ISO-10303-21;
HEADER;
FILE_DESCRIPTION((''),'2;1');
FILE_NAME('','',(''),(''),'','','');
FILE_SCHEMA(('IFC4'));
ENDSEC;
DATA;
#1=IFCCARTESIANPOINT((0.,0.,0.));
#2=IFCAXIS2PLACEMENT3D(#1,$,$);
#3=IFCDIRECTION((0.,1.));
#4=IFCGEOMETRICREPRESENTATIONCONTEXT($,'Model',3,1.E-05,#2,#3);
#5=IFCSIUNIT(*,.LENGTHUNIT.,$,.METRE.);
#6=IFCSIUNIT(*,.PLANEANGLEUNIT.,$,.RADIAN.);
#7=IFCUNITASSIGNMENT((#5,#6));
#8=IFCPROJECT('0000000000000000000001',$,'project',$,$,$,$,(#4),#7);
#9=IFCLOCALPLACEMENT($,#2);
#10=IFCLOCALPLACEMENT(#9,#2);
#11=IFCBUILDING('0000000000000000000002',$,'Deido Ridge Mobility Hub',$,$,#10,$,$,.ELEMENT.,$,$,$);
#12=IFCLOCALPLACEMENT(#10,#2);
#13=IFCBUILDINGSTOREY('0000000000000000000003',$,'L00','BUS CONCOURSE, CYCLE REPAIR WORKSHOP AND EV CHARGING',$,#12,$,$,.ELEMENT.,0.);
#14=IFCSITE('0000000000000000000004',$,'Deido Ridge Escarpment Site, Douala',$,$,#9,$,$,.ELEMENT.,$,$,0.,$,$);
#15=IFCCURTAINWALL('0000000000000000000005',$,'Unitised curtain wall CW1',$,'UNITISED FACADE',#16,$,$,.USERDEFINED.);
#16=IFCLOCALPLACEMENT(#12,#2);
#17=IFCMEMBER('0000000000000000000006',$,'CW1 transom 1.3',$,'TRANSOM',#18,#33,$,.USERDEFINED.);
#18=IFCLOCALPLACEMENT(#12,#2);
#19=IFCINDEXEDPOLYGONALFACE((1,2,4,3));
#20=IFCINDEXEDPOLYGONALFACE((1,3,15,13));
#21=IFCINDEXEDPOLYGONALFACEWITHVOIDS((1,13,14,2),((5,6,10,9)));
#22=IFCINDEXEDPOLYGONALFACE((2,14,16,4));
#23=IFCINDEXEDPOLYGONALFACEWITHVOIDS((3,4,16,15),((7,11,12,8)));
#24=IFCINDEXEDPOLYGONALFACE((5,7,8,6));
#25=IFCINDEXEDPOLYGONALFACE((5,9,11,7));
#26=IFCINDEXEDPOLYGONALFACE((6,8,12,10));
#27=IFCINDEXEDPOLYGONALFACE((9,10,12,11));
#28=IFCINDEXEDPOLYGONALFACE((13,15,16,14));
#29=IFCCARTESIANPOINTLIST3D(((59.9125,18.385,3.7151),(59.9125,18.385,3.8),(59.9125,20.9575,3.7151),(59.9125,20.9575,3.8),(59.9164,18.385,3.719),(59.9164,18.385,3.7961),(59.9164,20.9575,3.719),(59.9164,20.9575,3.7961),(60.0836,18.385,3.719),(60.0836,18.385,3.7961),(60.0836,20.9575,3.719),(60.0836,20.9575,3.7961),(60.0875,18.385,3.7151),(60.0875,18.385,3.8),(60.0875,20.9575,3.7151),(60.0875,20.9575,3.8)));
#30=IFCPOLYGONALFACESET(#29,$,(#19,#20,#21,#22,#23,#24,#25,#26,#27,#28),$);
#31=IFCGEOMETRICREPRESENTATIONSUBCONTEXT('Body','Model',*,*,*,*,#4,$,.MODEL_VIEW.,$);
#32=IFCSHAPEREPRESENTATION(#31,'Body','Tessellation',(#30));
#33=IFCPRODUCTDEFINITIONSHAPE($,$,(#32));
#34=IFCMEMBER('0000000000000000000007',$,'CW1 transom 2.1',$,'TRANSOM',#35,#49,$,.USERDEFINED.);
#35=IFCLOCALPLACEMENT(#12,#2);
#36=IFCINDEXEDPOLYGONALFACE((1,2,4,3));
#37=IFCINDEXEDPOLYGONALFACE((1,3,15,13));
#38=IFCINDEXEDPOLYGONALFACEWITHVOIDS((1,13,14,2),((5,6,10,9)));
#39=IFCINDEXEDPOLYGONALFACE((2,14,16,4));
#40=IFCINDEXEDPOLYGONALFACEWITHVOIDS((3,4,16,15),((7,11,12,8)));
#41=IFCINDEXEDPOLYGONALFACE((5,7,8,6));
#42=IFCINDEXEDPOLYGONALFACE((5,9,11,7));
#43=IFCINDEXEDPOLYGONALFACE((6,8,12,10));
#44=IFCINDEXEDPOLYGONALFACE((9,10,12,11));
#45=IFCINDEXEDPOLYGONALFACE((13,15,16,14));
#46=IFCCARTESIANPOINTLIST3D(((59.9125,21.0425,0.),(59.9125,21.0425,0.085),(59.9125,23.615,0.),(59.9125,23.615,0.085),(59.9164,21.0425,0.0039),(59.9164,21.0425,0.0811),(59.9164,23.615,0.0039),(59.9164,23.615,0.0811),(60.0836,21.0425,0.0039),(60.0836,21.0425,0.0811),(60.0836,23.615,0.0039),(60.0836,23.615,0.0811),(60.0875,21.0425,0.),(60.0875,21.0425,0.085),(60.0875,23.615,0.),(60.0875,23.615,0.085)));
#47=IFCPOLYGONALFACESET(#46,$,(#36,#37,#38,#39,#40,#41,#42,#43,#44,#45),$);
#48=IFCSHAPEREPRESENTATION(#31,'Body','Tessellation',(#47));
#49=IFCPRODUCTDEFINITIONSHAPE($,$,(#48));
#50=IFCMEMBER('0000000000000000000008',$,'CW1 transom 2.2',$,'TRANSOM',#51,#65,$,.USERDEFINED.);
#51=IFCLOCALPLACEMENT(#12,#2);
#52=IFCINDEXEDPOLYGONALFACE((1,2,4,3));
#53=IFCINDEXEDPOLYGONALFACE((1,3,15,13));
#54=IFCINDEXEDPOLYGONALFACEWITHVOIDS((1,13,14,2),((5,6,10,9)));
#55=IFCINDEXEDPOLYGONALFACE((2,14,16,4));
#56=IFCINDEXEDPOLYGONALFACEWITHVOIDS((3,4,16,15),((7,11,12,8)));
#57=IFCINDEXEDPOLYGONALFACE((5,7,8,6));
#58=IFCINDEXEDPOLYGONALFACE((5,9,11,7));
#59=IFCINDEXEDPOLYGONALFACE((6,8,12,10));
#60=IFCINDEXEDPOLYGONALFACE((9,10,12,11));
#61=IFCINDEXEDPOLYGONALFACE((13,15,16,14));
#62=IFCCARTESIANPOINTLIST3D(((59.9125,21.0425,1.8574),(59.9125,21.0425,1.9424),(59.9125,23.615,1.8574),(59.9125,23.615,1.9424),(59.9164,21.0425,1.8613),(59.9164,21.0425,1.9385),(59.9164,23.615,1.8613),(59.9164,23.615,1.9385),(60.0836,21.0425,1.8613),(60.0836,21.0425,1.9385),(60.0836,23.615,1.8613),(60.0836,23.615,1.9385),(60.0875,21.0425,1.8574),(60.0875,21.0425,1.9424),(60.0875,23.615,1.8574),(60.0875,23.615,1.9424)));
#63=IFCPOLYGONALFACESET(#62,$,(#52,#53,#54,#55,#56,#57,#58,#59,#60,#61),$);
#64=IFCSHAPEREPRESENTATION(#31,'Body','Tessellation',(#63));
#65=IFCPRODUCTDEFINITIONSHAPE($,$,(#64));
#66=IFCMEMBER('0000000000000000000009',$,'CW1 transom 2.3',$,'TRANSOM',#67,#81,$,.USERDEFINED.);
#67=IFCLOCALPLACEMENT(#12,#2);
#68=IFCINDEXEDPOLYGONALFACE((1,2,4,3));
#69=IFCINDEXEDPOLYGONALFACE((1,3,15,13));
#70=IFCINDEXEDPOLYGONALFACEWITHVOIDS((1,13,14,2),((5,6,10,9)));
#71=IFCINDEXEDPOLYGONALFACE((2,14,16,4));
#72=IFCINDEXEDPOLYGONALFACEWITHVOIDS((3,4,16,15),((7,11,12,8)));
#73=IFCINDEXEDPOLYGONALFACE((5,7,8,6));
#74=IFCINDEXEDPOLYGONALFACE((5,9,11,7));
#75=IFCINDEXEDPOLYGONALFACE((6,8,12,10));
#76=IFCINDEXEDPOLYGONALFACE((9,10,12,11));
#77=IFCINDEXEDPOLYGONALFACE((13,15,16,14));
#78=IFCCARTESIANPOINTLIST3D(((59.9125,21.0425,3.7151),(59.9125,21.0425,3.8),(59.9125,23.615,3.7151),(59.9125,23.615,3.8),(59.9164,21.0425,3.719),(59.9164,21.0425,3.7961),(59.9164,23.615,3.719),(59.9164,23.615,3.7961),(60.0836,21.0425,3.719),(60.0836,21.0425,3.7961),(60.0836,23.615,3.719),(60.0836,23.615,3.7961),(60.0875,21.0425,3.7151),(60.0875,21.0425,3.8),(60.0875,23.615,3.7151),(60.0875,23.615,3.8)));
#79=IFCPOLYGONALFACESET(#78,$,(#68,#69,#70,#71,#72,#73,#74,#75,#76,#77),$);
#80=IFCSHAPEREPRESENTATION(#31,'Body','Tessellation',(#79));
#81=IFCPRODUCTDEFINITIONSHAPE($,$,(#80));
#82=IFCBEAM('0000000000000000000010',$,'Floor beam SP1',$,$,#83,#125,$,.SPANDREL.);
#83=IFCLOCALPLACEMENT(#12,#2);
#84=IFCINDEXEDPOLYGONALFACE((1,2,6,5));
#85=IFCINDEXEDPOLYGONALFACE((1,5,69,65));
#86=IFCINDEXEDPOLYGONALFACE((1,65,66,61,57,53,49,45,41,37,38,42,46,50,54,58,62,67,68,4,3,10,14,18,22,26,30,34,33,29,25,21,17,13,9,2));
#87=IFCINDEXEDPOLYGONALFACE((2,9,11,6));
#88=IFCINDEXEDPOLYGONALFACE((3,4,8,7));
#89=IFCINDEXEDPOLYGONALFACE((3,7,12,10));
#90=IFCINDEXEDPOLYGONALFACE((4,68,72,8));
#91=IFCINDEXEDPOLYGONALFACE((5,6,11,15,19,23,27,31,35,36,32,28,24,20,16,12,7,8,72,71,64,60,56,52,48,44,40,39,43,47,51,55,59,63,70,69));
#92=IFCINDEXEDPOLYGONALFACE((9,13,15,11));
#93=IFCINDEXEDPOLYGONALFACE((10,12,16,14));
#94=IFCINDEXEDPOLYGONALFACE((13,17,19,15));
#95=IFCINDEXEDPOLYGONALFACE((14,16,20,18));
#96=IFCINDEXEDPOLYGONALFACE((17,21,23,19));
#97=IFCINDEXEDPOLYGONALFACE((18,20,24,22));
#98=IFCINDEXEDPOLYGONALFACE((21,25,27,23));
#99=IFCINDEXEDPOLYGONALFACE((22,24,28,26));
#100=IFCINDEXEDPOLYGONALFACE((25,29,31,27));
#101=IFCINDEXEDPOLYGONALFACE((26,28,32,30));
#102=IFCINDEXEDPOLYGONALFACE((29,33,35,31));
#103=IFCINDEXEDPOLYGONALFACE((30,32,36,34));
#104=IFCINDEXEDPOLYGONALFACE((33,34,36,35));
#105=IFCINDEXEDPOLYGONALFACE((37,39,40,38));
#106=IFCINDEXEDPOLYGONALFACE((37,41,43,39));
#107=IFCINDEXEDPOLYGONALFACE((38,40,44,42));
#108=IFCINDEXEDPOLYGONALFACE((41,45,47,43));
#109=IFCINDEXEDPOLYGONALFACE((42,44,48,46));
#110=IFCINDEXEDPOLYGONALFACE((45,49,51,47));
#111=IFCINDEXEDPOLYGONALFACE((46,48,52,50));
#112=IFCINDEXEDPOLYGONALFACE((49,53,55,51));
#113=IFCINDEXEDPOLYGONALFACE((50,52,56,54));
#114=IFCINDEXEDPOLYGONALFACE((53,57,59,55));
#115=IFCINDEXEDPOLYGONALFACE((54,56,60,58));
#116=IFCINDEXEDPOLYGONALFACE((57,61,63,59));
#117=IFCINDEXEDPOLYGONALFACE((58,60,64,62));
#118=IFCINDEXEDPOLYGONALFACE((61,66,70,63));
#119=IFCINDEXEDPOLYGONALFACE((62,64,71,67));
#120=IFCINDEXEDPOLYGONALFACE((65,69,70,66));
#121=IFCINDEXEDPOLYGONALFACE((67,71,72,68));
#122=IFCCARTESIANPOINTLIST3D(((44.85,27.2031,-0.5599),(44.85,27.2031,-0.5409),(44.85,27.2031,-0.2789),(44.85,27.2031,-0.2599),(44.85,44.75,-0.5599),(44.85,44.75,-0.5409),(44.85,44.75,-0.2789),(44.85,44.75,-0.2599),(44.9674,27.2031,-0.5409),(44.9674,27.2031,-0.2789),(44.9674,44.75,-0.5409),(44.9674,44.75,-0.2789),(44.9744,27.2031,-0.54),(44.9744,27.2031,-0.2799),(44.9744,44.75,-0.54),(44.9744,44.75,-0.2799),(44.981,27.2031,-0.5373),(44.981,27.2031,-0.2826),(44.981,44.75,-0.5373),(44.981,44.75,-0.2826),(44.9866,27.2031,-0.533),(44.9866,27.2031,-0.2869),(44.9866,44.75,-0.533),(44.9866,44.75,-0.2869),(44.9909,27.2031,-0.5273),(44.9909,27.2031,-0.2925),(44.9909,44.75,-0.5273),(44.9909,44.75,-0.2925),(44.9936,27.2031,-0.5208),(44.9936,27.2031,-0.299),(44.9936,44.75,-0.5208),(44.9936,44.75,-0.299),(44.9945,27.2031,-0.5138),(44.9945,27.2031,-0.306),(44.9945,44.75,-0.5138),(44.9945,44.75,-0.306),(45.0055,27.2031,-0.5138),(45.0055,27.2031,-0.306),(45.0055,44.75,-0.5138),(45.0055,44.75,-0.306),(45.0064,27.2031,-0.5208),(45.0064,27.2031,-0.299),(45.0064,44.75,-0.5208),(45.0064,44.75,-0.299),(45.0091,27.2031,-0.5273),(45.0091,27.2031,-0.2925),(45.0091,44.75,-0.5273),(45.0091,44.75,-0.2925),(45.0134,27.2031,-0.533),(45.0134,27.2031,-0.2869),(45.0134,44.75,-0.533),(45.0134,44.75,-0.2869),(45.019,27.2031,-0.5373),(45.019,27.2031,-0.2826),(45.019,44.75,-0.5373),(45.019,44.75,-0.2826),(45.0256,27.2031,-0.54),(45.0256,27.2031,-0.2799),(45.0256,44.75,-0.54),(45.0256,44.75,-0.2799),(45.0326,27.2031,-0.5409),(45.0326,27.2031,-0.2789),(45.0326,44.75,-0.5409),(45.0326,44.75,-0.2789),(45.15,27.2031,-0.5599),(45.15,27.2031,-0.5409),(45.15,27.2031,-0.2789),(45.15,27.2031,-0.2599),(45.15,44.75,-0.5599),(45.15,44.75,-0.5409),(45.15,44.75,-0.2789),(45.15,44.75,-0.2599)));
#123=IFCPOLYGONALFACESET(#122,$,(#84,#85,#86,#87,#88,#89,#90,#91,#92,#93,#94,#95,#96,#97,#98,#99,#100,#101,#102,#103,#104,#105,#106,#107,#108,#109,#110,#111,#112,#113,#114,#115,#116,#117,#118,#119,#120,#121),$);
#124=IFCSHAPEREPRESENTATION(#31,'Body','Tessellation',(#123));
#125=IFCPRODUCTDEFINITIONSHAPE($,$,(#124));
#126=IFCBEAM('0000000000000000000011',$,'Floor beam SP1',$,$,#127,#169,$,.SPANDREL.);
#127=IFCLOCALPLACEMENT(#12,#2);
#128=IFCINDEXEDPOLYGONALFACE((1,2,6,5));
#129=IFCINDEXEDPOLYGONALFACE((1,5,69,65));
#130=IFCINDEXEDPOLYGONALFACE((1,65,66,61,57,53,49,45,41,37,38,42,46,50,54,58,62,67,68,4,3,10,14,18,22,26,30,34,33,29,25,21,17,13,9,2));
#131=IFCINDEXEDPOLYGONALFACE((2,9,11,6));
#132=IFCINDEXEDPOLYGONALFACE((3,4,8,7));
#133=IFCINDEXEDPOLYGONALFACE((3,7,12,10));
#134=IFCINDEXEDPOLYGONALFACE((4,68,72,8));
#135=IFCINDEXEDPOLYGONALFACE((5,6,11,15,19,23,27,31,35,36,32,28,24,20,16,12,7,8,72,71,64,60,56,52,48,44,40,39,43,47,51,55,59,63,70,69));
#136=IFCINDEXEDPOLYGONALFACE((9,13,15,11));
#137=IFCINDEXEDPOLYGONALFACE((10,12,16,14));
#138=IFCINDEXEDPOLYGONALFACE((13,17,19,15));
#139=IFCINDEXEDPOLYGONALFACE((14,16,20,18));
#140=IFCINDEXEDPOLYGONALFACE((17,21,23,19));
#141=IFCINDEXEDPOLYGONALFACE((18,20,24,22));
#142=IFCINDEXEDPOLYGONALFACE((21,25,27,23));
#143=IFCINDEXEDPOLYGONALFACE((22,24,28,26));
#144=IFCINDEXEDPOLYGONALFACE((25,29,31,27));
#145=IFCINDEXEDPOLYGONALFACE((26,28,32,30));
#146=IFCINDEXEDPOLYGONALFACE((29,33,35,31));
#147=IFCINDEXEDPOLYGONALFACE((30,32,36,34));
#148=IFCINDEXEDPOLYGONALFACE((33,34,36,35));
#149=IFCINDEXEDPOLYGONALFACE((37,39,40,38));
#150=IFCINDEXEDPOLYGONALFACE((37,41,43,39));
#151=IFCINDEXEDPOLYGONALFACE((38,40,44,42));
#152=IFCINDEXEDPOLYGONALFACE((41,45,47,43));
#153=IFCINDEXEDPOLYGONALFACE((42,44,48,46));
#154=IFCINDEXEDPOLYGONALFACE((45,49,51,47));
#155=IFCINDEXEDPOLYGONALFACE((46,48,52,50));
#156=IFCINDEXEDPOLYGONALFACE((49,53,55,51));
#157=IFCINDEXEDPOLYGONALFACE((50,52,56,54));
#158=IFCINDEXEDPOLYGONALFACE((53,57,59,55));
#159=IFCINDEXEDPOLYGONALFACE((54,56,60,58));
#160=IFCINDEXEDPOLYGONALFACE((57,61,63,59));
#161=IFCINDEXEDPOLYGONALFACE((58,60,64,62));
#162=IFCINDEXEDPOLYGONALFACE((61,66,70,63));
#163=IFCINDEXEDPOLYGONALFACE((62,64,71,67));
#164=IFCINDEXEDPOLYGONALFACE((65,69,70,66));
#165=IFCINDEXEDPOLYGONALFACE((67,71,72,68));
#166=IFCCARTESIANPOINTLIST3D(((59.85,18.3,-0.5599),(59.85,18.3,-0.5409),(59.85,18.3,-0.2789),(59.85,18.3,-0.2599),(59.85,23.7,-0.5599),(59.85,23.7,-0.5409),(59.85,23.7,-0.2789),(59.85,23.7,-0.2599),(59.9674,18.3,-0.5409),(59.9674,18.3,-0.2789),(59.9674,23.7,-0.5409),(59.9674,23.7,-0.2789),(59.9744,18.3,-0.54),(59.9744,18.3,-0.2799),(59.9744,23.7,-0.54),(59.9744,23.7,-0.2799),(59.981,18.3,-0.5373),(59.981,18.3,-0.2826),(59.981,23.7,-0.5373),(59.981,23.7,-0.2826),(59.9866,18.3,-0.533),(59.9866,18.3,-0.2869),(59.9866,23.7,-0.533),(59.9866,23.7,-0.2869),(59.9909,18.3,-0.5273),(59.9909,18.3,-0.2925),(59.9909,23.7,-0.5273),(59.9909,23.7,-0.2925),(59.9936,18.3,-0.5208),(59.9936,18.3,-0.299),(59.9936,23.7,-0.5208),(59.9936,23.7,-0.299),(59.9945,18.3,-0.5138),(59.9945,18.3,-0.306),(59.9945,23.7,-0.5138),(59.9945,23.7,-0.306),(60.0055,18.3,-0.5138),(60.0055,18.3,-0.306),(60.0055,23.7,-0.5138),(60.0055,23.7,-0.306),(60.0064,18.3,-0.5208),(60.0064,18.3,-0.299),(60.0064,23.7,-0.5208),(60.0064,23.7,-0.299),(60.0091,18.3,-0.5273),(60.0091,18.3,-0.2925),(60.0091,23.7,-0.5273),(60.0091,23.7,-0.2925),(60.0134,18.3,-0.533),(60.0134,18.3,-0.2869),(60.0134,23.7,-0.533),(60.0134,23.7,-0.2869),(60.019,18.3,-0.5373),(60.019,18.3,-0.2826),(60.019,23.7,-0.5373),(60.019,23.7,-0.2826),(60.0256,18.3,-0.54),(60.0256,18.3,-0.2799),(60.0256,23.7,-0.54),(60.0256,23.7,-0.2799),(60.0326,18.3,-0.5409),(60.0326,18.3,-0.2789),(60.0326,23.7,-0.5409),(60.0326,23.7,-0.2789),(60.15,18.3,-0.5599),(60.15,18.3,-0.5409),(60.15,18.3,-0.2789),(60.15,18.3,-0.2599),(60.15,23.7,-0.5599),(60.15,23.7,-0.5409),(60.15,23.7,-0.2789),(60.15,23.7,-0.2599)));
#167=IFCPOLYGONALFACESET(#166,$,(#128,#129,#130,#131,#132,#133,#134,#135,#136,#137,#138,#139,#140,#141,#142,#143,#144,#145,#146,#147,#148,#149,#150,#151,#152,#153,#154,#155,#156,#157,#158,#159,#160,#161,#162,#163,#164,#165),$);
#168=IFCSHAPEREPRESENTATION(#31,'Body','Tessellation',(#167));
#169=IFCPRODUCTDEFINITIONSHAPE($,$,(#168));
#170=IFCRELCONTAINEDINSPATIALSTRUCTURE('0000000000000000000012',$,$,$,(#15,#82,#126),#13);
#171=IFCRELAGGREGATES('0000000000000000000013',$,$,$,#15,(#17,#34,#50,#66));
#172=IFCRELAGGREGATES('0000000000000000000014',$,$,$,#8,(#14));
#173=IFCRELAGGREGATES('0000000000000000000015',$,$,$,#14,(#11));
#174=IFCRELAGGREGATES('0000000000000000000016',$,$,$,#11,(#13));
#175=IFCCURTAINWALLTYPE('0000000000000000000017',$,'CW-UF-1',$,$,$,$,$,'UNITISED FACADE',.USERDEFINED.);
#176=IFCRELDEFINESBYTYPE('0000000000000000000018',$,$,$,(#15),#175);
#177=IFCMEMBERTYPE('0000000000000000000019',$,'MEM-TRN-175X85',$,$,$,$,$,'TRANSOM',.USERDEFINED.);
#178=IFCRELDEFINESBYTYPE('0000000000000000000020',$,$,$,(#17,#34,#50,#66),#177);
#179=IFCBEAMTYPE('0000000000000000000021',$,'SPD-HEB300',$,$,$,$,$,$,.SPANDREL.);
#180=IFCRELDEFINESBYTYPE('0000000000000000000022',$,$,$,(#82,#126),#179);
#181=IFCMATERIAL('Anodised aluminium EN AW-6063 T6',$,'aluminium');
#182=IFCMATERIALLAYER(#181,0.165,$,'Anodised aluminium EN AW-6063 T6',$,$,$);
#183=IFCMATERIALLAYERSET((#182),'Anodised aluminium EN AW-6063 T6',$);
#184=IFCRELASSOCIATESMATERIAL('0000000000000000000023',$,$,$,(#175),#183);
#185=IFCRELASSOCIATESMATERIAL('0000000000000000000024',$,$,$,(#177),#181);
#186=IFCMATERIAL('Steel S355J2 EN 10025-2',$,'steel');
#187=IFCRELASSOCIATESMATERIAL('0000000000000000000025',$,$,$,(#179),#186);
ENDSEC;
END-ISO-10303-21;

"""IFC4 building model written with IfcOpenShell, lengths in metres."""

from ifc_helpers import new_model, si_unit, direction, frame, origin, origin_2d, place, context, subcontext, project, spatial, hollow_rectangle, i_section, extrude, material, layer, layer_set, material_profile, profile_set, type_object, element, aggregate, save


model = new_model("IFC4")

# Units and contexts
model_context = context("Model", 3, precision=1e-05, world=origin(), true_north=direction((0.0, 1.0)))
body_context = subcontext(model_context, "Body", "Model", "MODEL_VIEW")
ifc_project = project(units=[si_unit("LENGTHUNIT", "METRE"), si_unit("PLANEANGLEUNIT", "RADIAN")], contexts=[model_context])

# Site, building, storey
site_placement = place(None, origin())
site = spatial("IfcSite", under=ifc_project, at=site_placement, Name="Deido Ridge Escarpment Site, Douala", CompositionType="ELEMENT", RefElevation=0.0)
building_placement = place(site_placement, origin())
building = spatial("IfcBuilding", under=site, at=building_placement, Name="Deido Ridge Mobility Hub", CompositionType="ELEMENT")
storey_placement = place(building_placement, origin())
storey = spatial("IfcBuildingStorey", under=building, at=storey_placement, Name="L00", Description="BUS CONCOURSE, CYCLE REPAIR WORKSHOP AND EV CHARGING", CompositionType="ELEMENT", Elevation=0.0)

# Shared definitions
ifc_material_1 = material(Name="Steel S355J2 EN 10025-2", Category="steel")

# Curtain wall
ifc_material_2 = material(Name="Anodised aluminium EN AW-6063 T6", Category="aluminium")
ifc_layer_1 = layer(ifc_material_2, 0.165, Name="Anodised aluminium EN AW-6063 T6")
ifc_layer_set_1 = layer_set([ifc_layer_1], Name="Anodised aluminium EN AW-6063 T6")
curtain_wall_type_1 = type_object("IfcCurtainWallType", Name="CW-UF-1", ElementType="UNITISED FACADE", PredefinedType="USERDEFINED", material=ifc_layer_set_1)
curtain_wall_1_placement = place(storey_placement, origin())
curtain_wall_1 = element("IfcCurtainWall", 1, at=curtain_wall_1_placement, inside=storey, type_object=curtain_wall_type_1, Name="Unitised curtain wall CW1", ObjectType="UNITISED FACADE", PredefinedType="USERDEFINED")

# Members
ifc_material_profile_1 = material_profile(ifc_material_2, hollow_rectangle(XDim=0.175, YDim=0.085, WallThickness=0.0039, at=origin_2d()), Name="RHS 175x85x4")
ifc_profile_set_1 = profile_set([ifc_material_profile_1], Name="Anodised aluminium EN AW-6063 T6")
member_type_1 = type_object("IfcMemberType", Name="MEM-TRN-175X85", ElementType="TRANSOM", PredefinedType="USERDEFINED", material=ifc_profile_set_1)
member_1_placement = place(storey_placement, frame((60.0, 18.385, 3.7576), z_axis=(0.0, 1.0, 0.0), x_axis=(-1.0, 0.0, 0.0)))
member_1 = element("IfcMember", 2, at=member_1_placement, type_object=member_type_1, Name="CW1 transom 1.3", ObjectType="TRANSOM", PredefinedType="USERDEFINED", context=body_context, shape_type="SweptSolid", body=[
    extrude(hollow_rectangle(XDim=0.175, YDim=0.085, WallThickness=0.0039, at=origin_2d()), origin(), (0.0, 0.0, 1.0), 2.5725),
])
member_2_placement = place(storey_placement, frame((60.0, 21.0425, 0.0425), z_axis=(0.0, 1.0, 0.0), x_axis=(-1.0, 0.0, 0.0)))
member_2 = element("IfcMember", 3, at=member_2_placement, type_object=member_type_1, Name="CW1 transom 2.1", ObjectType="TRANSOM", PredefinedType="USERDEFINED", context=body_context, shape_type="SweptSolid", body=[
    extrude(hollow_rectangle(XDim=0.175, YDim=0.085, WallThickness=0.0039, at=origin_2d()), origin(), (0.0, 0.0, 1.0), 2.5725),
])
member_3_placement = place(storey_placement, frame((60.0, 21.0425, 1.8999), z_axis=(0.0, 1.0, 0.0), x_axis=(-1.0, 0.0, 0.0)))
member_3 = element("IfcMember", 4, at=member_3_placement, type_object=member_type_1, Name="CW1 transom 2.2", ObjectType="TRANSOM", PredefinedType="USERDEFINED", context=body_context, shape_type="SweptSolid", body=[
    extrude(hollow_rectangle(XDim=0.175, YDim=0.085, WallThickness=0.0039, at=origin_2d()), origin(), (0.0, 0.0, 1.0), 2.5725),
])
member_4_placement = place(storey_placement, frame((60.0, 21.0425, 3.7576), z_axis=(0.0, 1.0, 0.0), x_axis=(-1.0, 0.0, 0.0)))
member_4 = element("IfcMember", 5, at=member_4_placement, type_object=member_type_1, Name="CW1 transom 2.3", ObjectType="TRANSOM", PredefinedType="USERDEFINED", context=body_context, shape_type="SweptSolid", body=[
    extrude(hollow_rectangle(XDim=0.175, YDim=0.085, WallThickness=0.0039, at=origin_2d()), origin(), (0.0, 0.0, 1.0), 2.5725),
])

# Beams
ifc_material_profile_2 = material_profile(ifc_material_1, i_section(OverallWidth=0.3, OverallDepth=0.3, WebThickness=0.011, FlangeThickness=0.019, FilletRadius=0.0271, at=origin_2d()), Name="HEB 300")
ifc_profile_set_2 = profile_set([ifc_material_profile_2], Name="Steel S355J2 EN 10025-2")
beam_type_1 = type_object("IfcBeamType", Name="SPD-HEB300", PredefinedType="SPANDREL", material=ifc_profile_set_2)
beam_1_placement = place(storey_placement, frame((45.0, 27.2031, -0.4099), z_axis=(0.0, 1.0, 0.0), x_axis=(-1.0, 0.0, 0.0)))
element("IfcBeam", 6, at=beam_1_placement, inside=storey, type_object=beam_type_1, Name="Floor beam SP1", PredefinedType="SPANDREL", context=body_context, shape_type="SweptSolid", body=[
    extrude(i_section(OverallWidth=0.3, OverallDepth=0.3, WebThickness=0.011, FlangeThickness=0.019, FilletRadius=0.0271, at=origin_2d()), origin(), (0.0, 0.0, 1.0), 17.5469),
])
for number, where, z_axis, x_axis, name in (
    (7, (60.0, 18.3, -0.4099), (0.0, 1.0, 0.0), (-1.0, 0.0, 0.0), "Floor beam SP1"),
):
    element("IfcBeam", number, at=place(storey_placement, frame(where, z_axis=z_axis, x_axis=x_axis)), inside=storey, type_object=beam_type_1, Name=name, PredefinedType="SPANDREL", context=body_context, shape_type="SweptSolid", body=[
        extrude(i_section(OverallWidth=0.3, OverallDepth=0.3, WebThickness=0.011, FlangeThickness=0.019, FilletRadius=0.0271, at=origin_2d()), origin(), (0.0, 0.0, 1.0), 5.3999),
    ])

aggregate(curtain_wall_1, [member_1, member_2, member_3, member_4])

save(model, "model.ifc")
